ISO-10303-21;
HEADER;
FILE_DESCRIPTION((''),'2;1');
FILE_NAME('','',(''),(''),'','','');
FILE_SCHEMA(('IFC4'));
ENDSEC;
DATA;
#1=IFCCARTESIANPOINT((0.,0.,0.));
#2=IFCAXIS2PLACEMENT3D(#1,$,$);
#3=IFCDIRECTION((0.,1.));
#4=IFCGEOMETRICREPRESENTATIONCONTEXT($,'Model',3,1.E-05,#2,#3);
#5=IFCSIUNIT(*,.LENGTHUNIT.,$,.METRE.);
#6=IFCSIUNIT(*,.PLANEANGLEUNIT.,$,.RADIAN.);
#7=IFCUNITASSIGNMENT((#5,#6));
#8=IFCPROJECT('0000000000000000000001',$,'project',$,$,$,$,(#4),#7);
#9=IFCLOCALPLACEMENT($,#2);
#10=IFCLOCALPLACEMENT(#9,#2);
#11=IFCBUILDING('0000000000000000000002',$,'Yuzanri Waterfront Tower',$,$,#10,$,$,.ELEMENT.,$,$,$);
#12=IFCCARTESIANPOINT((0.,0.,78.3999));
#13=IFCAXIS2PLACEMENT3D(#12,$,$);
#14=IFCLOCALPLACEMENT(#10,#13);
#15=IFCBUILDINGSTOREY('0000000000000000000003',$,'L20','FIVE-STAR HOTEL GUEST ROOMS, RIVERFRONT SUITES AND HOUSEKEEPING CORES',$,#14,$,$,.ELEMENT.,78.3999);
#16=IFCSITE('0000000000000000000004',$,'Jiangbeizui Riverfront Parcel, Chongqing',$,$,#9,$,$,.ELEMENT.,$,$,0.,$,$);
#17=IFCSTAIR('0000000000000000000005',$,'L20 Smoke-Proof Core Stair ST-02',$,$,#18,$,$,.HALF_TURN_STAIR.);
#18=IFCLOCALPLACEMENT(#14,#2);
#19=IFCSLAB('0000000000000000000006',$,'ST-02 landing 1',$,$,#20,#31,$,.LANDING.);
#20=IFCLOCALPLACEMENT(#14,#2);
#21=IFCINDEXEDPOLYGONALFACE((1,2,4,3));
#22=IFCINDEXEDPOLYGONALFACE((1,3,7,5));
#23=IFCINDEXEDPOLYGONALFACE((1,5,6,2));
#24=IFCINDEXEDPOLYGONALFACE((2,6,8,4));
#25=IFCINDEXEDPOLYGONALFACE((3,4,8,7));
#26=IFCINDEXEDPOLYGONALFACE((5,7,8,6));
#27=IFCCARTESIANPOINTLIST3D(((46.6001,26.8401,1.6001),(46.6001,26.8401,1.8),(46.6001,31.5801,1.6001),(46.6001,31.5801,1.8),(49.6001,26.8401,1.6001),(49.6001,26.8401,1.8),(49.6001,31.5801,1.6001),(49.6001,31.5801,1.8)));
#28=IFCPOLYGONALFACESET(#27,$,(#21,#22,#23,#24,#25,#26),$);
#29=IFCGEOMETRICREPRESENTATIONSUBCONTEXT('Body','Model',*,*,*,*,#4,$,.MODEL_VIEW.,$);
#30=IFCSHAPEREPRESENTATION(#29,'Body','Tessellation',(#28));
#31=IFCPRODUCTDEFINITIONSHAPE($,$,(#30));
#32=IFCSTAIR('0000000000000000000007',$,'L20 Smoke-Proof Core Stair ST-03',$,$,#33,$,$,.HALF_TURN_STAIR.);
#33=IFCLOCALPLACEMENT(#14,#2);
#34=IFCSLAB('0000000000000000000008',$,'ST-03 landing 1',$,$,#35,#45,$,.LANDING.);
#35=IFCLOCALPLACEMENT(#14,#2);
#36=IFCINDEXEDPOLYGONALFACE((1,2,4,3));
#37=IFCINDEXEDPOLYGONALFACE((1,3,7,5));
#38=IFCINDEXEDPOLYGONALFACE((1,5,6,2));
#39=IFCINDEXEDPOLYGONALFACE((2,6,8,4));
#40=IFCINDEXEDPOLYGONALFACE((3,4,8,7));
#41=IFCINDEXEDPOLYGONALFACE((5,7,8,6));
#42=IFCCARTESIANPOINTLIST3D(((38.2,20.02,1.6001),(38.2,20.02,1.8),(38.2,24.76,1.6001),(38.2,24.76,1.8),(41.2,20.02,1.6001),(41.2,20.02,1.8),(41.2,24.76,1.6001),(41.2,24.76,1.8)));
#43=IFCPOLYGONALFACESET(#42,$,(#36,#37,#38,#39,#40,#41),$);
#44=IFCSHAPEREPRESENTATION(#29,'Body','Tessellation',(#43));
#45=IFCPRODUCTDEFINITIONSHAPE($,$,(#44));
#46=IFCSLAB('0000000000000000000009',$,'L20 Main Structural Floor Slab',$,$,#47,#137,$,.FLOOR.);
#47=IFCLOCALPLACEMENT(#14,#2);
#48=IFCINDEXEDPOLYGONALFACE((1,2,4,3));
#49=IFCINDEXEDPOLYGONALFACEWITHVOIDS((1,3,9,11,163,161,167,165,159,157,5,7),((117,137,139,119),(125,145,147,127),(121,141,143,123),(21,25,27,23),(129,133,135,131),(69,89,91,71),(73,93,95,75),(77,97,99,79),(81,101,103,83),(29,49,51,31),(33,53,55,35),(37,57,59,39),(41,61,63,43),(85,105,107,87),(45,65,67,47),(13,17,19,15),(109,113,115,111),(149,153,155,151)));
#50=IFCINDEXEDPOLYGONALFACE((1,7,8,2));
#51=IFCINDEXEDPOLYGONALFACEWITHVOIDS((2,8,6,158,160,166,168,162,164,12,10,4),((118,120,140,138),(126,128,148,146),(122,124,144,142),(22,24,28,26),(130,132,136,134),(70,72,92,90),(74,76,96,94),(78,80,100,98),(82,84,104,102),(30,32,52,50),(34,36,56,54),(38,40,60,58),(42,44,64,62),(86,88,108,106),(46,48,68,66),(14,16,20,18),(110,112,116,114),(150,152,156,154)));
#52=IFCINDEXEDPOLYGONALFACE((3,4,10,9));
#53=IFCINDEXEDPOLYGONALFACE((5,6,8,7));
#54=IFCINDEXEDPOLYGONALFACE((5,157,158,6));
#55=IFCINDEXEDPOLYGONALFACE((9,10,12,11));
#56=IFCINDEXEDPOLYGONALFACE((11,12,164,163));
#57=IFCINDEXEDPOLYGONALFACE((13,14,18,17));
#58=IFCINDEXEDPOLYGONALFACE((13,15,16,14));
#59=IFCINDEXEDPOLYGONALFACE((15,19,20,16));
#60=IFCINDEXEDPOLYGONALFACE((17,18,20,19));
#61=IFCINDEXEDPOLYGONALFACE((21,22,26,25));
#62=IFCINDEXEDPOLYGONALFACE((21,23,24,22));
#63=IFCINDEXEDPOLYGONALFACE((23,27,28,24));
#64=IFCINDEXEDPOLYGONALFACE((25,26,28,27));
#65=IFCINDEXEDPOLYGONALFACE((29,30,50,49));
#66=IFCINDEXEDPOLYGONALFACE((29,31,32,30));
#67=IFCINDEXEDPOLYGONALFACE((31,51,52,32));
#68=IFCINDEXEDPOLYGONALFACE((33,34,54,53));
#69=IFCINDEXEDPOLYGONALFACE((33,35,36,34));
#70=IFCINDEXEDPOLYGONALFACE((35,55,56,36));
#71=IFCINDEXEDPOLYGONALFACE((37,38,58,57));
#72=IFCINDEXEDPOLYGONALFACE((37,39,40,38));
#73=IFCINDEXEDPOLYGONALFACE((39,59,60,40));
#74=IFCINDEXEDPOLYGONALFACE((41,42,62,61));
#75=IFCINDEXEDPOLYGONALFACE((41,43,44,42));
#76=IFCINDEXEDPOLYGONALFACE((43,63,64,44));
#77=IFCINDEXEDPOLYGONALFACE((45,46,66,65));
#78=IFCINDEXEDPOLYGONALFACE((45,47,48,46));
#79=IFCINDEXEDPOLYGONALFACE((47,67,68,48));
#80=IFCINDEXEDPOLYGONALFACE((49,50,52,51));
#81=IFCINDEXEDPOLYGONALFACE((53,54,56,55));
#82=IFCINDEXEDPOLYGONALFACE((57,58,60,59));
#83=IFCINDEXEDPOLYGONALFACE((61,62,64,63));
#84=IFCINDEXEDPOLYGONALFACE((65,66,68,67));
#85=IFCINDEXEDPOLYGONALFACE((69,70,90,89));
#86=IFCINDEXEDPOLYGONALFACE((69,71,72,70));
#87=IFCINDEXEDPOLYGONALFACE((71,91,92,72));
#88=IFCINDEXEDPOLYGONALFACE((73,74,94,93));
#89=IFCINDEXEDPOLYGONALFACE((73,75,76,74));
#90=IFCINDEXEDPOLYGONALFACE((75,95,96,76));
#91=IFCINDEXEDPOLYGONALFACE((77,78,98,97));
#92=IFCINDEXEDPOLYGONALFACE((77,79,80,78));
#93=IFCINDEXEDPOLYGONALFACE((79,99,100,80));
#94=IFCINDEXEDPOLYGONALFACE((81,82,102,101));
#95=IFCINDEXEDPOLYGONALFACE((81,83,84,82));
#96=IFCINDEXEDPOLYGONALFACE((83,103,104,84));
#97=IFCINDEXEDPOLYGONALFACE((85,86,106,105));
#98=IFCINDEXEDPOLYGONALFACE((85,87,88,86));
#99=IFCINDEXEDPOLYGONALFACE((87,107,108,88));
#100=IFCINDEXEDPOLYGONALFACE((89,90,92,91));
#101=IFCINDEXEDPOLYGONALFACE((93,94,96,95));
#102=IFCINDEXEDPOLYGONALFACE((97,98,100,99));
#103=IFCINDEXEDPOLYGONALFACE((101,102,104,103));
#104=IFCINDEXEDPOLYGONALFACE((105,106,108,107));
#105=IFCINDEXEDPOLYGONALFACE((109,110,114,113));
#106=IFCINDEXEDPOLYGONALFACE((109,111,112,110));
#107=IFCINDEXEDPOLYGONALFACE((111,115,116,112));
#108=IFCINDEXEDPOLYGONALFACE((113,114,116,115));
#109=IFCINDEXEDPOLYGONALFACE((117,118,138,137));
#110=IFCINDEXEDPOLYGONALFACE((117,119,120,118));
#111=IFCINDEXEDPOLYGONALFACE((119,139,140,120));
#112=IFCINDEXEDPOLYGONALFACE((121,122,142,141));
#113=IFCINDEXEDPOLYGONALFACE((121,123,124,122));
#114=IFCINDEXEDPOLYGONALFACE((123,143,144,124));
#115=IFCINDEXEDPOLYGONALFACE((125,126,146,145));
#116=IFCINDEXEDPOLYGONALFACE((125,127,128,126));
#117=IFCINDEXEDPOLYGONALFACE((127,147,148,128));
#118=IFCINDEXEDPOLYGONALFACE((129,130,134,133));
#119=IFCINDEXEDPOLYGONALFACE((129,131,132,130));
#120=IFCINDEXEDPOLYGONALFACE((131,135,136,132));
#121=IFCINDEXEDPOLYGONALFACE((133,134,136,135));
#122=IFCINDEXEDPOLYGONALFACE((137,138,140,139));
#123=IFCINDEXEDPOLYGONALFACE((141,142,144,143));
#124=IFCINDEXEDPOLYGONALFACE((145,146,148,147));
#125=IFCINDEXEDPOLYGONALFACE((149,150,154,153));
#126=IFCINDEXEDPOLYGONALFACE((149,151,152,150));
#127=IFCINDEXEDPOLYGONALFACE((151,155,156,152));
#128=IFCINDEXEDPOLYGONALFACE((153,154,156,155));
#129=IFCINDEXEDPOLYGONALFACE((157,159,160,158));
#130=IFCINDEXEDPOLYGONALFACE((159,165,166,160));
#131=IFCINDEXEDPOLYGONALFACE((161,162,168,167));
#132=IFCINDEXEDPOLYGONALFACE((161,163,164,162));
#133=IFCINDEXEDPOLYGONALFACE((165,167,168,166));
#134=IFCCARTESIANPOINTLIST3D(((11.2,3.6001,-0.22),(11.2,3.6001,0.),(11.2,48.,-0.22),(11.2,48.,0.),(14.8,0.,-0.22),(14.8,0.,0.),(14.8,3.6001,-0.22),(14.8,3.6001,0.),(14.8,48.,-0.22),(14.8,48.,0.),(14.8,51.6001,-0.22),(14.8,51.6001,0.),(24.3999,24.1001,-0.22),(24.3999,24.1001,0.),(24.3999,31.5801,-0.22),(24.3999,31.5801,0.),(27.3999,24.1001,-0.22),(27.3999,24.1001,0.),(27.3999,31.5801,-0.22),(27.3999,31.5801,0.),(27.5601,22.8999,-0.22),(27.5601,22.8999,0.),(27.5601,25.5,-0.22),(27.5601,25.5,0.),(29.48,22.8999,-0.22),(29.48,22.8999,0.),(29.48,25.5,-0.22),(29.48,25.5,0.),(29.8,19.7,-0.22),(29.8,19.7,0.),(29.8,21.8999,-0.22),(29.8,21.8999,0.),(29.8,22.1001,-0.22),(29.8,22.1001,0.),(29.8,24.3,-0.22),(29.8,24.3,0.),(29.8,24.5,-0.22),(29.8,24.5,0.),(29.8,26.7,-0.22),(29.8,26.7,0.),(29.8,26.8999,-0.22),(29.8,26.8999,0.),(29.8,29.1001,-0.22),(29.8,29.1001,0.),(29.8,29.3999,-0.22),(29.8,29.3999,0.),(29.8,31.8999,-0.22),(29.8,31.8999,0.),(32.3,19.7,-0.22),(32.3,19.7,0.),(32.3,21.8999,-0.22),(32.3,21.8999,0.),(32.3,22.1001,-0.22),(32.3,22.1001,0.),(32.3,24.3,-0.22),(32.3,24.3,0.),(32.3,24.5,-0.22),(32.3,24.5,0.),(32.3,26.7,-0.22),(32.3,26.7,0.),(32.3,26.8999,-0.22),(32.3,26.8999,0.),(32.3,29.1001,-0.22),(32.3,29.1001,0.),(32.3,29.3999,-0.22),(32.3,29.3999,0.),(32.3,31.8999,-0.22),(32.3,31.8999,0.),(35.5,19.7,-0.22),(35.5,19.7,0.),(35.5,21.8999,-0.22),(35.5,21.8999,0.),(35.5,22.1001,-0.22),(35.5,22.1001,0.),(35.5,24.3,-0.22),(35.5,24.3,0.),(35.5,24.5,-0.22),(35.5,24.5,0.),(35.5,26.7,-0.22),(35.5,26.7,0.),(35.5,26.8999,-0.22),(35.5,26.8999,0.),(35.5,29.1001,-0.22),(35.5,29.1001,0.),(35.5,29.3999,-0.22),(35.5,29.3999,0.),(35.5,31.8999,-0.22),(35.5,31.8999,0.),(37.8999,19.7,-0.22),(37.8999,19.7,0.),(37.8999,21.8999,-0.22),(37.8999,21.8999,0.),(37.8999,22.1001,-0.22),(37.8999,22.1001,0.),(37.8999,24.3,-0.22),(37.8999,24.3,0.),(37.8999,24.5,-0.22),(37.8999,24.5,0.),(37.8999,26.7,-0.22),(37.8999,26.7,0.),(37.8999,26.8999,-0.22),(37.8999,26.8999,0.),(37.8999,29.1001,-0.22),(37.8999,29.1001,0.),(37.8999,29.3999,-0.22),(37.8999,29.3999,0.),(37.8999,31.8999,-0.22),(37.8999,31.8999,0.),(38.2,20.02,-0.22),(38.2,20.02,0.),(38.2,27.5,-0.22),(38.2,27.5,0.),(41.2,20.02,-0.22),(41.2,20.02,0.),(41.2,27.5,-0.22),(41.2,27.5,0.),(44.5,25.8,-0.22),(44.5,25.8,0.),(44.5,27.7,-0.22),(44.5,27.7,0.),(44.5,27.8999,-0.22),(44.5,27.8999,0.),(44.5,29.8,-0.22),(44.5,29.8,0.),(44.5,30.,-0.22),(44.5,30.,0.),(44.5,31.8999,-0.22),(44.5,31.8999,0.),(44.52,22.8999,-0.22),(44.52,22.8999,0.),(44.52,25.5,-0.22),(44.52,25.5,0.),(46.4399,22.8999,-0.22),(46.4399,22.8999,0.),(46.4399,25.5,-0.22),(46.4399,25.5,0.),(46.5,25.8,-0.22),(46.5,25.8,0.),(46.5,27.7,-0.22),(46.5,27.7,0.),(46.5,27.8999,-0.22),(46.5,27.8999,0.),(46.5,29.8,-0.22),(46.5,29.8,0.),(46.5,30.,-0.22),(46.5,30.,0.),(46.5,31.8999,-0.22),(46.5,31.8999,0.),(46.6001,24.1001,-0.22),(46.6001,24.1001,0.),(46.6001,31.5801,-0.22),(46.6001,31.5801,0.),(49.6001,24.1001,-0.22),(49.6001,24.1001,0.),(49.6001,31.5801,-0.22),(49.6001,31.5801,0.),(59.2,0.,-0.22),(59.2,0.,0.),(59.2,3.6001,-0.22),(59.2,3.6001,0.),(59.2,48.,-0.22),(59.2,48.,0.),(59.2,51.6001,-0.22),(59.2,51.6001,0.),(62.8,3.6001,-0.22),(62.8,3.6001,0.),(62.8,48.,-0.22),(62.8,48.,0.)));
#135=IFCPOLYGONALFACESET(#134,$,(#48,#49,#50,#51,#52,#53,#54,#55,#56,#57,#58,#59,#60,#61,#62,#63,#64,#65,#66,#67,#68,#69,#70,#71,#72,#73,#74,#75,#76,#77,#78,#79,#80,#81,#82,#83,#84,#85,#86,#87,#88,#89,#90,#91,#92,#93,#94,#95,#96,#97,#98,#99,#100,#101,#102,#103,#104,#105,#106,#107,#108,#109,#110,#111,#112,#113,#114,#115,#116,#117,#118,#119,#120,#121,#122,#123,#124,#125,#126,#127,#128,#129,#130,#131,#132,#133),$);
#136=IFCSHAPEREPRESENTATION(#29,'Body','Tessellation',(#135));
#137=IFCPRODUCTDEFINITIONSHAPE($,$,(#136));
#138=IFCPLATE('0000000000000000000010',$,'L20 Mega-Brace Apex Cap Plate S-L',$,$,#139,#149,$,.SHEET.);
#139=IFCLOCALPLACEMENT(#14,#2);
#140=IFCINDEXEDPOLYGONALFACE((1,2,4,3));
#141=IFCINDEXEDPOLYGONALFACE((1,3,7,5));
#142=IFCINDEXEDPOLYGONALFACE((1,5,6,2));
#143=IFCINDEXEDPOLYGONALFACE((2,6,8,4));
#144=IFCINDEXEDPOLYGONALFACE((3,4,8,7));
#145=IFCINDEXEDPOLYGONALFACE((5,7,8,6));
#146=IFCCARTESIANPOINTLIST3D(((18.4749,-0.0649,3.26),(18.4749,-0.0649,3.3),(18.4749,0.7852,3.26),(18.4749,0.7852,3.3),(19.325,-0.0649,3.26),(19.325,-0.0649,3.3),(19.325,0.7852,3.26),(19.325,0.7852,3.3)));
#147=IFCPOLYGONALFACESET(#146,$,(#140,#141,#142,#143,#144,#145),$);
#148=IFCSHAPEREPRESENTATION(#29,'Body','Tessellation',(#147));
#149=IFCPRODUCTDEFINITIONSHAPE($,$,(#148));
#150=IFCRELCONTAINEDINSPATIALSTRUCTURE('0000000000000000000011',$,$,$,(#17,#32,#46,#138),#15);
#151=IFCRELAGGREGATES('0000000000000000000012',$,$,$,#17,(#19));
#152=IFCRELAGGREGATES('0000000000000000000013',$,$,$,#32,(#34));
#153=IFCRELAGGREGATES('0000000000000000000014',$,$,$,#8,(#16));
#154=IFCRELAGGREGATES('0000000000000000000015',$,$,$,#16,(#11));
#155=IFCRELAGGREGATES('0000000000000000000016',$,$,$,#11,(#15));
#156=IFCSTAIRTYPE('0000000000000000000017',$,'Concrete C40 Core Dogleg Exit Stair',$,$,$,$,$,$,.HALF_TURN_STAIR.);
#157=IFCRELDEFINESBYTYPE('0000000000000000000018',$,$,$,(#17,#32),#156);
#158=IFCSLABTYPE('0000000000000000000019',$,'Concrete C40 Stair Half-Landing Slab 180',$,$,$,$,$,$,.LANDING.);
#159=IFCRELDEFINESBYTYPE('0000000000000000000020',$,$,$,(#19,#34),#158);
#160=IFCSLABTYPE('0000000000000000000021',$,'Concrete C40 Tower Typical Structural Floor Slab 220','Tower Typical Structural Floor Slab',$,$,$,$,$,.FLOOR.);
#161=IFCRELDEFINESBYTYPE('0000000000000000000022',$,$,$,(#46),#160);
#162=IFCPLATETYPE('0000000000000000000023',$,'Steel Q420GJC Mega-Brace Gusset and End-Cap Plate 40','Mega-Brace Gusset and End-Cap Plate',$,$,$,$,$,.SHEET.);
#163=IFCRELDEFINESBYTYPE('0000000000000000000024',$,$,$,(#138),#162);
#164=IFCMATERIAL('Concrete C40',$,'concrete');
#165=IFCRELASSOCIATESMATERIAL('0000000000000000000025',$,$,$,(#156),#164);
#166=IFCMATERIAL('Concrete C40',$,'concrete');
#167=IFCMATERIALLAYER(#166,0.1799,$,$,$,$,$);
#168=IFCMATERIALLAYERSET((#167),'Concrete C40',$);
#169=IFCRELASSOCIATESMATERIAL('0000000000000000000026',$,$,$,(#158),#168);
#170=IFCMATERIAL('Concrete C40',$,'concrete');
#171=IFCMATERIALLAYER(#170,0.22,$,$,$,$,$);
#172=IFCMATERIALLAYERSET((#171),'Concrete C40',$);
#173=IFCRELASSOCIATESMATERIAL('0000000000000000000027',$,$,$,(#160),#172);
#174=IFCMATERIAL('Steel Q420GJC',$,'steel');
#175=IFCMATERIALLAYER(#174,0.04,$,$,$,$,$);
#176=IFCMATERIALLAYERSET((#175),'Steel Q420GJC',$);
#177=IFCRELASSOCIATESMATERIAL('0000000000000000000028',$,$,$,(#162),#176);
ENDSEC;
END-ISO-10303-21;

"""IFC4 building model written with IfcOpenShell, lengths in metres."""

from ifc_helpers import new_model, si_unit, direction, frame, origin, origin_2d, place, context, subcontext, project, spatial, polyline, rectangle, outline, extrude, source, transform, mapped, material, layer, layer_set, type_object, element, aggregate, save


model = new_model("IFC4")

# Units and contexts
model_context = context("Model", 3, precision=1e-05, world=origin(), true_north=direction((0.0, 1.0)))
body_context = subcontext(model_context, "Body", "Model", "MODEL_VIEW")
ifc_project = project(units=[si_unit("LENGTHUNIT", "METRE"), si_unit("PLANEANGLEUNIT", "RADIAN")], contexts=[model_context])

# Site, building, storey
site_placement = place(None, origin())
site = spatial("IfcSite", under=ifc_project, at=site_placement, Name="Jiangbeizui Riverfront Parcel, Chongqing", CompositionType="ELEMENT", RefElevation=0.0)
building_placement = place(site_placement, origin())
building = spatial("IfcBuilding", under=site, at=building_placement, Name="Yuzanri Waterfront Tower", CompositionType="ELEMENT")
storey_placement = place(building_placement, frame((0.0, 0.0, 78.3999)))
storey = spatial("IfcBuildingStorey", under=building, at=storey_placement, Name="L20", Description="FIVE-STAR HOTEL GUEST ROOMS, RIVERFRONT SUITES AND HOUSEKEEPING CORES", CompositionType="ELEMENT", Elevation=78.3999)

# Stairs, slabs
ifc_material_1 = material(Name="Concrete C40", Category="concrete")
stair_type = type_object("IfcStairType", Name="Concrete C40 Core Dogleg Exit Stair", PredefinedType="HALF_TURN_STAIR", material=ifc_material_1)
ifc_material_2 = material(Name="Concrete C40", Category="concrete")
ifc_layer_1 = layer(ifc_material_2, 0.1799)
ifc_layer_set_1 = layer_set([ifc_layer_1], Name="Concrete C40")
slab_type_1 = type_object("IfcSlabType", Name="Concrete C40 Stair Half-Landing Slab 180", PredefinedType="LANDING", material=ifc_layer_set_1)
stair_1_placement = place(storey_placement, origin())
stair_1 = element("IfcStair", 1, at=stair_1_placement, inside=storey, type_object=stair_type, Name="L20 Smoke-Proof Core Stair ST-02", PredefinedType="HALF_TURN_STAIR")
slab_1_placement = place(storey_placement, frame((0.0, 0.0, 1.6001)))
slab_1 = element("IfcSlab", 2, at=slab_1_placement, type_object=slab_type_1, Name="ST-02 landing 1", PredefinedType="LANDING", context=body_context, shape_type="SweptSolid", body=[
    extrude(outline(polyline([(49.6001, 26.8401), (49.6001, 31.5801), (46.6001, 31.5801), (46.6001, 26.8401), (49.6001, 26.8401)])), origin(), (0.0, 0.0, 1.0), 0.2),
])
aggregate(stair_1, [slab_1])
stair_2_placement = place(storey_placement, origin())
stair_2 = element("IfcStair", 3, at=stair_2_placement, inside=storey, type_object=stair_type, Name="L20 Smoke-Proof Core Stair ST-03", PredefinedType="HALF_TURN_STAIR")
slab_2_placement = place(storey_placement, frame((0.0, 0.0, 1.6001)))
slab_2 = element("IfcSlab", 4, at=slab_2_placement, type_object=slab_type_1, Name="ST-03 landing 1", PredefinedType="LANDING", context=body_context, shape_type="SweptSolid", body=[
    extrude(outline(polyline([(38.2, 24.76), (38.2, 20.02), (41.2, 20.02), (41.2, 24.76), (38.2, 24.76)])), origin(), (0.0, 0.0, 1.0), 0.2),
])
aggregate(stair_2, [slab_2])

# Slab
ifc_material_3 = material(Name="Concrete C40", Category="concrete")
ifc_layer_2 = layer(ifc_material_3, 0.22)
ifc_layer_set_2 = layer_set([ifc_layer_2], Name="Concrete C40")
slab_type_2 = type_object("IfcSlabType", Name="Concrete C40 Tower Typical Structural Floor Slab 220", Description="Tower Typical Structural Floor Slab", PredefinedType="FLOOR", material=ifc_layer_set_2)
slab_3_placement = place(storey_placement, frame((0.0, 0.0, -0.22)))
element("IfcSlab", 5, at=slab_3_placement, inside=storey, type_object=slab_type_2, Name="L20 Main Structural Floor Slab", PredefinedType="FLOOR", context=body_context, shape_type="SweptSolid", body=[
    extrude(outline(polyline([(14.8, 0.0), (59.2, 0.0), (59.2, 3.6001), (62.8, 3.6001), (62.8, 48.0), (59.2, 48.0), (59.2, 51.6001), (14.8, 51.6001), (14.8, 48.0), (11.2, 48.0), (11.2, 3.6001), (14.8, 3.6001), (14.8, 0.0)]), holes=[polyline([(27.3999, 24.1001), (27.3999, 31.5801), (24.3999, 31.5801), (24.3999, 24.1001), (27.3999, 24.1001)]), polyline([(49.6001, 24.1001), (49.6001, 31.5801), (46.6001, 31.5801), (46.6001, 24.1001), (49.6001, 24.1001)]), polyline([(38.2, 27.5), (38.2, 20.02), (41.2, 20.02), (41.2, 27.5), (38.2, 27.5)]), polyline([(27.5601, 22.8999), (29.48, 22.8999), (29.48, 25.5), (27.5601, 25.5), (27.5601, 22.8999)]), polyline([(44.52, 22.8999), (46.4399, 22.8999), (46.4399, 25.5), (44.52, 25.5), (44.52, 22.8999)]), polyline([(29.8, 19.7), (32.3, 19.7), (32.3, 21.8999), (29.8, 21.8999), (29.8, 19.7)]), polyline([(29.8, 22.1001), (32.3, 22.1001), (32.3, 24.3), (29.8, 24.3), (29.8, 22.1001)]), polyline([(29.8, 24.5), (32.3, 24.5), (32.3, 26.7), (29.8, 26.7), (29.8, 24.5)]), polyline([(29.8, 26.8999), (32.3, 26.8999), (32.3, 29.1001), (29.8, 29.1001), (29.8, 26.8999)]), polyline([(29.8, 29.3999), (32.3, 29.3999), (32.3, 31.8999), (29.8, 31.8999), (29.8, 29.3999)]), polyline([(35.5, 19.7), (37.8999, 19.7), (37.8999, 21.8999), (35.5, 21.8999), (35.5, 19.7)]), polyline([(35.5, 22.1001), (37.8999, 22.1001), (37.8999, 24.3), (35.5, 24.3), (35.5, 22.1001)]), polyline([(35.5, 24.5), (37.8999, 24.5), (37.8999, 26.7), (35.5, 26.7), (35.5, 24.5)]), polyline([(35.5, 26.8999), (37.8999, 26.8999), (37.8999, 29.1001), (35.5, 29.1001), (35.5, 26.8999)]), polyline([(35.5, 29.3999), (37.8999, 29.3999), (37.8999, 31.8999), (35.5, 31.8999), (35.5, 29.3999)]), polyline([(44.5, 25.8), (46.5, 25.8), (46.5, 27.7), (44.5, 27.7), (44.5, 25.8)]), polyline([(44.5, 27.8999), (46.5, 27.8999), (46.5, 29.8), (44.5, 29.8), (44.5, 27.8999)]), polyline([(44.5, 30.0), (46.5, 30.0), (46.5, 31.8999), (44.5, 31.8999), (44.5, 30.0)])]), origin(), (0.0, 0.0, 1.0), 0.22),
])

# Plate
ifc_material_4 = material(Name="Steel Q420GJC", Category="steel")
ifc_layer_3 = layer(ifc_material_4, 0.04)
ifc_layer_set_3 = layer_set([ifc_layer_3], Name="Steel Q420GJC")
plate_type = type_object("IfcPlateType", Name="Steel Q420GJC Mega-Brace Gusset and End-Cap Plate 40", Description="Mega-Brace Gusset and End-Cap Plate", PredefinedType="SHEET", material=ifc_layer_set_3)
shared_shape_1 = source(origin(), body_context, "Body", "SweptSolid", [
    extrude(rectangle(XDim=0.8501, YDim=0.8501, at=origin_2d()), origin(), (0.0, 0.0, 1.0), 0.04),
])
plate_placement = place(storey_placement, frame((18.8999, 0.3601, 3.26), z_axis=(0.0, 0.0, 1.0), x_axis=(1.0, 0.0, 0.0)))
element("IfcPlate", 6, at=plate_placement, inside=storey, type_object=plate_type, Name="L20 Mega-Brace Apex Cap Plate S-L", PredefinedType="SHEET", context=body_context, shape_type="MappedRepresentation", body=[
    mapped(shared_shape_1, transform((0.0, 0.0, 0.0), scale=1.0)),
])

save(model, "model.ifc")
